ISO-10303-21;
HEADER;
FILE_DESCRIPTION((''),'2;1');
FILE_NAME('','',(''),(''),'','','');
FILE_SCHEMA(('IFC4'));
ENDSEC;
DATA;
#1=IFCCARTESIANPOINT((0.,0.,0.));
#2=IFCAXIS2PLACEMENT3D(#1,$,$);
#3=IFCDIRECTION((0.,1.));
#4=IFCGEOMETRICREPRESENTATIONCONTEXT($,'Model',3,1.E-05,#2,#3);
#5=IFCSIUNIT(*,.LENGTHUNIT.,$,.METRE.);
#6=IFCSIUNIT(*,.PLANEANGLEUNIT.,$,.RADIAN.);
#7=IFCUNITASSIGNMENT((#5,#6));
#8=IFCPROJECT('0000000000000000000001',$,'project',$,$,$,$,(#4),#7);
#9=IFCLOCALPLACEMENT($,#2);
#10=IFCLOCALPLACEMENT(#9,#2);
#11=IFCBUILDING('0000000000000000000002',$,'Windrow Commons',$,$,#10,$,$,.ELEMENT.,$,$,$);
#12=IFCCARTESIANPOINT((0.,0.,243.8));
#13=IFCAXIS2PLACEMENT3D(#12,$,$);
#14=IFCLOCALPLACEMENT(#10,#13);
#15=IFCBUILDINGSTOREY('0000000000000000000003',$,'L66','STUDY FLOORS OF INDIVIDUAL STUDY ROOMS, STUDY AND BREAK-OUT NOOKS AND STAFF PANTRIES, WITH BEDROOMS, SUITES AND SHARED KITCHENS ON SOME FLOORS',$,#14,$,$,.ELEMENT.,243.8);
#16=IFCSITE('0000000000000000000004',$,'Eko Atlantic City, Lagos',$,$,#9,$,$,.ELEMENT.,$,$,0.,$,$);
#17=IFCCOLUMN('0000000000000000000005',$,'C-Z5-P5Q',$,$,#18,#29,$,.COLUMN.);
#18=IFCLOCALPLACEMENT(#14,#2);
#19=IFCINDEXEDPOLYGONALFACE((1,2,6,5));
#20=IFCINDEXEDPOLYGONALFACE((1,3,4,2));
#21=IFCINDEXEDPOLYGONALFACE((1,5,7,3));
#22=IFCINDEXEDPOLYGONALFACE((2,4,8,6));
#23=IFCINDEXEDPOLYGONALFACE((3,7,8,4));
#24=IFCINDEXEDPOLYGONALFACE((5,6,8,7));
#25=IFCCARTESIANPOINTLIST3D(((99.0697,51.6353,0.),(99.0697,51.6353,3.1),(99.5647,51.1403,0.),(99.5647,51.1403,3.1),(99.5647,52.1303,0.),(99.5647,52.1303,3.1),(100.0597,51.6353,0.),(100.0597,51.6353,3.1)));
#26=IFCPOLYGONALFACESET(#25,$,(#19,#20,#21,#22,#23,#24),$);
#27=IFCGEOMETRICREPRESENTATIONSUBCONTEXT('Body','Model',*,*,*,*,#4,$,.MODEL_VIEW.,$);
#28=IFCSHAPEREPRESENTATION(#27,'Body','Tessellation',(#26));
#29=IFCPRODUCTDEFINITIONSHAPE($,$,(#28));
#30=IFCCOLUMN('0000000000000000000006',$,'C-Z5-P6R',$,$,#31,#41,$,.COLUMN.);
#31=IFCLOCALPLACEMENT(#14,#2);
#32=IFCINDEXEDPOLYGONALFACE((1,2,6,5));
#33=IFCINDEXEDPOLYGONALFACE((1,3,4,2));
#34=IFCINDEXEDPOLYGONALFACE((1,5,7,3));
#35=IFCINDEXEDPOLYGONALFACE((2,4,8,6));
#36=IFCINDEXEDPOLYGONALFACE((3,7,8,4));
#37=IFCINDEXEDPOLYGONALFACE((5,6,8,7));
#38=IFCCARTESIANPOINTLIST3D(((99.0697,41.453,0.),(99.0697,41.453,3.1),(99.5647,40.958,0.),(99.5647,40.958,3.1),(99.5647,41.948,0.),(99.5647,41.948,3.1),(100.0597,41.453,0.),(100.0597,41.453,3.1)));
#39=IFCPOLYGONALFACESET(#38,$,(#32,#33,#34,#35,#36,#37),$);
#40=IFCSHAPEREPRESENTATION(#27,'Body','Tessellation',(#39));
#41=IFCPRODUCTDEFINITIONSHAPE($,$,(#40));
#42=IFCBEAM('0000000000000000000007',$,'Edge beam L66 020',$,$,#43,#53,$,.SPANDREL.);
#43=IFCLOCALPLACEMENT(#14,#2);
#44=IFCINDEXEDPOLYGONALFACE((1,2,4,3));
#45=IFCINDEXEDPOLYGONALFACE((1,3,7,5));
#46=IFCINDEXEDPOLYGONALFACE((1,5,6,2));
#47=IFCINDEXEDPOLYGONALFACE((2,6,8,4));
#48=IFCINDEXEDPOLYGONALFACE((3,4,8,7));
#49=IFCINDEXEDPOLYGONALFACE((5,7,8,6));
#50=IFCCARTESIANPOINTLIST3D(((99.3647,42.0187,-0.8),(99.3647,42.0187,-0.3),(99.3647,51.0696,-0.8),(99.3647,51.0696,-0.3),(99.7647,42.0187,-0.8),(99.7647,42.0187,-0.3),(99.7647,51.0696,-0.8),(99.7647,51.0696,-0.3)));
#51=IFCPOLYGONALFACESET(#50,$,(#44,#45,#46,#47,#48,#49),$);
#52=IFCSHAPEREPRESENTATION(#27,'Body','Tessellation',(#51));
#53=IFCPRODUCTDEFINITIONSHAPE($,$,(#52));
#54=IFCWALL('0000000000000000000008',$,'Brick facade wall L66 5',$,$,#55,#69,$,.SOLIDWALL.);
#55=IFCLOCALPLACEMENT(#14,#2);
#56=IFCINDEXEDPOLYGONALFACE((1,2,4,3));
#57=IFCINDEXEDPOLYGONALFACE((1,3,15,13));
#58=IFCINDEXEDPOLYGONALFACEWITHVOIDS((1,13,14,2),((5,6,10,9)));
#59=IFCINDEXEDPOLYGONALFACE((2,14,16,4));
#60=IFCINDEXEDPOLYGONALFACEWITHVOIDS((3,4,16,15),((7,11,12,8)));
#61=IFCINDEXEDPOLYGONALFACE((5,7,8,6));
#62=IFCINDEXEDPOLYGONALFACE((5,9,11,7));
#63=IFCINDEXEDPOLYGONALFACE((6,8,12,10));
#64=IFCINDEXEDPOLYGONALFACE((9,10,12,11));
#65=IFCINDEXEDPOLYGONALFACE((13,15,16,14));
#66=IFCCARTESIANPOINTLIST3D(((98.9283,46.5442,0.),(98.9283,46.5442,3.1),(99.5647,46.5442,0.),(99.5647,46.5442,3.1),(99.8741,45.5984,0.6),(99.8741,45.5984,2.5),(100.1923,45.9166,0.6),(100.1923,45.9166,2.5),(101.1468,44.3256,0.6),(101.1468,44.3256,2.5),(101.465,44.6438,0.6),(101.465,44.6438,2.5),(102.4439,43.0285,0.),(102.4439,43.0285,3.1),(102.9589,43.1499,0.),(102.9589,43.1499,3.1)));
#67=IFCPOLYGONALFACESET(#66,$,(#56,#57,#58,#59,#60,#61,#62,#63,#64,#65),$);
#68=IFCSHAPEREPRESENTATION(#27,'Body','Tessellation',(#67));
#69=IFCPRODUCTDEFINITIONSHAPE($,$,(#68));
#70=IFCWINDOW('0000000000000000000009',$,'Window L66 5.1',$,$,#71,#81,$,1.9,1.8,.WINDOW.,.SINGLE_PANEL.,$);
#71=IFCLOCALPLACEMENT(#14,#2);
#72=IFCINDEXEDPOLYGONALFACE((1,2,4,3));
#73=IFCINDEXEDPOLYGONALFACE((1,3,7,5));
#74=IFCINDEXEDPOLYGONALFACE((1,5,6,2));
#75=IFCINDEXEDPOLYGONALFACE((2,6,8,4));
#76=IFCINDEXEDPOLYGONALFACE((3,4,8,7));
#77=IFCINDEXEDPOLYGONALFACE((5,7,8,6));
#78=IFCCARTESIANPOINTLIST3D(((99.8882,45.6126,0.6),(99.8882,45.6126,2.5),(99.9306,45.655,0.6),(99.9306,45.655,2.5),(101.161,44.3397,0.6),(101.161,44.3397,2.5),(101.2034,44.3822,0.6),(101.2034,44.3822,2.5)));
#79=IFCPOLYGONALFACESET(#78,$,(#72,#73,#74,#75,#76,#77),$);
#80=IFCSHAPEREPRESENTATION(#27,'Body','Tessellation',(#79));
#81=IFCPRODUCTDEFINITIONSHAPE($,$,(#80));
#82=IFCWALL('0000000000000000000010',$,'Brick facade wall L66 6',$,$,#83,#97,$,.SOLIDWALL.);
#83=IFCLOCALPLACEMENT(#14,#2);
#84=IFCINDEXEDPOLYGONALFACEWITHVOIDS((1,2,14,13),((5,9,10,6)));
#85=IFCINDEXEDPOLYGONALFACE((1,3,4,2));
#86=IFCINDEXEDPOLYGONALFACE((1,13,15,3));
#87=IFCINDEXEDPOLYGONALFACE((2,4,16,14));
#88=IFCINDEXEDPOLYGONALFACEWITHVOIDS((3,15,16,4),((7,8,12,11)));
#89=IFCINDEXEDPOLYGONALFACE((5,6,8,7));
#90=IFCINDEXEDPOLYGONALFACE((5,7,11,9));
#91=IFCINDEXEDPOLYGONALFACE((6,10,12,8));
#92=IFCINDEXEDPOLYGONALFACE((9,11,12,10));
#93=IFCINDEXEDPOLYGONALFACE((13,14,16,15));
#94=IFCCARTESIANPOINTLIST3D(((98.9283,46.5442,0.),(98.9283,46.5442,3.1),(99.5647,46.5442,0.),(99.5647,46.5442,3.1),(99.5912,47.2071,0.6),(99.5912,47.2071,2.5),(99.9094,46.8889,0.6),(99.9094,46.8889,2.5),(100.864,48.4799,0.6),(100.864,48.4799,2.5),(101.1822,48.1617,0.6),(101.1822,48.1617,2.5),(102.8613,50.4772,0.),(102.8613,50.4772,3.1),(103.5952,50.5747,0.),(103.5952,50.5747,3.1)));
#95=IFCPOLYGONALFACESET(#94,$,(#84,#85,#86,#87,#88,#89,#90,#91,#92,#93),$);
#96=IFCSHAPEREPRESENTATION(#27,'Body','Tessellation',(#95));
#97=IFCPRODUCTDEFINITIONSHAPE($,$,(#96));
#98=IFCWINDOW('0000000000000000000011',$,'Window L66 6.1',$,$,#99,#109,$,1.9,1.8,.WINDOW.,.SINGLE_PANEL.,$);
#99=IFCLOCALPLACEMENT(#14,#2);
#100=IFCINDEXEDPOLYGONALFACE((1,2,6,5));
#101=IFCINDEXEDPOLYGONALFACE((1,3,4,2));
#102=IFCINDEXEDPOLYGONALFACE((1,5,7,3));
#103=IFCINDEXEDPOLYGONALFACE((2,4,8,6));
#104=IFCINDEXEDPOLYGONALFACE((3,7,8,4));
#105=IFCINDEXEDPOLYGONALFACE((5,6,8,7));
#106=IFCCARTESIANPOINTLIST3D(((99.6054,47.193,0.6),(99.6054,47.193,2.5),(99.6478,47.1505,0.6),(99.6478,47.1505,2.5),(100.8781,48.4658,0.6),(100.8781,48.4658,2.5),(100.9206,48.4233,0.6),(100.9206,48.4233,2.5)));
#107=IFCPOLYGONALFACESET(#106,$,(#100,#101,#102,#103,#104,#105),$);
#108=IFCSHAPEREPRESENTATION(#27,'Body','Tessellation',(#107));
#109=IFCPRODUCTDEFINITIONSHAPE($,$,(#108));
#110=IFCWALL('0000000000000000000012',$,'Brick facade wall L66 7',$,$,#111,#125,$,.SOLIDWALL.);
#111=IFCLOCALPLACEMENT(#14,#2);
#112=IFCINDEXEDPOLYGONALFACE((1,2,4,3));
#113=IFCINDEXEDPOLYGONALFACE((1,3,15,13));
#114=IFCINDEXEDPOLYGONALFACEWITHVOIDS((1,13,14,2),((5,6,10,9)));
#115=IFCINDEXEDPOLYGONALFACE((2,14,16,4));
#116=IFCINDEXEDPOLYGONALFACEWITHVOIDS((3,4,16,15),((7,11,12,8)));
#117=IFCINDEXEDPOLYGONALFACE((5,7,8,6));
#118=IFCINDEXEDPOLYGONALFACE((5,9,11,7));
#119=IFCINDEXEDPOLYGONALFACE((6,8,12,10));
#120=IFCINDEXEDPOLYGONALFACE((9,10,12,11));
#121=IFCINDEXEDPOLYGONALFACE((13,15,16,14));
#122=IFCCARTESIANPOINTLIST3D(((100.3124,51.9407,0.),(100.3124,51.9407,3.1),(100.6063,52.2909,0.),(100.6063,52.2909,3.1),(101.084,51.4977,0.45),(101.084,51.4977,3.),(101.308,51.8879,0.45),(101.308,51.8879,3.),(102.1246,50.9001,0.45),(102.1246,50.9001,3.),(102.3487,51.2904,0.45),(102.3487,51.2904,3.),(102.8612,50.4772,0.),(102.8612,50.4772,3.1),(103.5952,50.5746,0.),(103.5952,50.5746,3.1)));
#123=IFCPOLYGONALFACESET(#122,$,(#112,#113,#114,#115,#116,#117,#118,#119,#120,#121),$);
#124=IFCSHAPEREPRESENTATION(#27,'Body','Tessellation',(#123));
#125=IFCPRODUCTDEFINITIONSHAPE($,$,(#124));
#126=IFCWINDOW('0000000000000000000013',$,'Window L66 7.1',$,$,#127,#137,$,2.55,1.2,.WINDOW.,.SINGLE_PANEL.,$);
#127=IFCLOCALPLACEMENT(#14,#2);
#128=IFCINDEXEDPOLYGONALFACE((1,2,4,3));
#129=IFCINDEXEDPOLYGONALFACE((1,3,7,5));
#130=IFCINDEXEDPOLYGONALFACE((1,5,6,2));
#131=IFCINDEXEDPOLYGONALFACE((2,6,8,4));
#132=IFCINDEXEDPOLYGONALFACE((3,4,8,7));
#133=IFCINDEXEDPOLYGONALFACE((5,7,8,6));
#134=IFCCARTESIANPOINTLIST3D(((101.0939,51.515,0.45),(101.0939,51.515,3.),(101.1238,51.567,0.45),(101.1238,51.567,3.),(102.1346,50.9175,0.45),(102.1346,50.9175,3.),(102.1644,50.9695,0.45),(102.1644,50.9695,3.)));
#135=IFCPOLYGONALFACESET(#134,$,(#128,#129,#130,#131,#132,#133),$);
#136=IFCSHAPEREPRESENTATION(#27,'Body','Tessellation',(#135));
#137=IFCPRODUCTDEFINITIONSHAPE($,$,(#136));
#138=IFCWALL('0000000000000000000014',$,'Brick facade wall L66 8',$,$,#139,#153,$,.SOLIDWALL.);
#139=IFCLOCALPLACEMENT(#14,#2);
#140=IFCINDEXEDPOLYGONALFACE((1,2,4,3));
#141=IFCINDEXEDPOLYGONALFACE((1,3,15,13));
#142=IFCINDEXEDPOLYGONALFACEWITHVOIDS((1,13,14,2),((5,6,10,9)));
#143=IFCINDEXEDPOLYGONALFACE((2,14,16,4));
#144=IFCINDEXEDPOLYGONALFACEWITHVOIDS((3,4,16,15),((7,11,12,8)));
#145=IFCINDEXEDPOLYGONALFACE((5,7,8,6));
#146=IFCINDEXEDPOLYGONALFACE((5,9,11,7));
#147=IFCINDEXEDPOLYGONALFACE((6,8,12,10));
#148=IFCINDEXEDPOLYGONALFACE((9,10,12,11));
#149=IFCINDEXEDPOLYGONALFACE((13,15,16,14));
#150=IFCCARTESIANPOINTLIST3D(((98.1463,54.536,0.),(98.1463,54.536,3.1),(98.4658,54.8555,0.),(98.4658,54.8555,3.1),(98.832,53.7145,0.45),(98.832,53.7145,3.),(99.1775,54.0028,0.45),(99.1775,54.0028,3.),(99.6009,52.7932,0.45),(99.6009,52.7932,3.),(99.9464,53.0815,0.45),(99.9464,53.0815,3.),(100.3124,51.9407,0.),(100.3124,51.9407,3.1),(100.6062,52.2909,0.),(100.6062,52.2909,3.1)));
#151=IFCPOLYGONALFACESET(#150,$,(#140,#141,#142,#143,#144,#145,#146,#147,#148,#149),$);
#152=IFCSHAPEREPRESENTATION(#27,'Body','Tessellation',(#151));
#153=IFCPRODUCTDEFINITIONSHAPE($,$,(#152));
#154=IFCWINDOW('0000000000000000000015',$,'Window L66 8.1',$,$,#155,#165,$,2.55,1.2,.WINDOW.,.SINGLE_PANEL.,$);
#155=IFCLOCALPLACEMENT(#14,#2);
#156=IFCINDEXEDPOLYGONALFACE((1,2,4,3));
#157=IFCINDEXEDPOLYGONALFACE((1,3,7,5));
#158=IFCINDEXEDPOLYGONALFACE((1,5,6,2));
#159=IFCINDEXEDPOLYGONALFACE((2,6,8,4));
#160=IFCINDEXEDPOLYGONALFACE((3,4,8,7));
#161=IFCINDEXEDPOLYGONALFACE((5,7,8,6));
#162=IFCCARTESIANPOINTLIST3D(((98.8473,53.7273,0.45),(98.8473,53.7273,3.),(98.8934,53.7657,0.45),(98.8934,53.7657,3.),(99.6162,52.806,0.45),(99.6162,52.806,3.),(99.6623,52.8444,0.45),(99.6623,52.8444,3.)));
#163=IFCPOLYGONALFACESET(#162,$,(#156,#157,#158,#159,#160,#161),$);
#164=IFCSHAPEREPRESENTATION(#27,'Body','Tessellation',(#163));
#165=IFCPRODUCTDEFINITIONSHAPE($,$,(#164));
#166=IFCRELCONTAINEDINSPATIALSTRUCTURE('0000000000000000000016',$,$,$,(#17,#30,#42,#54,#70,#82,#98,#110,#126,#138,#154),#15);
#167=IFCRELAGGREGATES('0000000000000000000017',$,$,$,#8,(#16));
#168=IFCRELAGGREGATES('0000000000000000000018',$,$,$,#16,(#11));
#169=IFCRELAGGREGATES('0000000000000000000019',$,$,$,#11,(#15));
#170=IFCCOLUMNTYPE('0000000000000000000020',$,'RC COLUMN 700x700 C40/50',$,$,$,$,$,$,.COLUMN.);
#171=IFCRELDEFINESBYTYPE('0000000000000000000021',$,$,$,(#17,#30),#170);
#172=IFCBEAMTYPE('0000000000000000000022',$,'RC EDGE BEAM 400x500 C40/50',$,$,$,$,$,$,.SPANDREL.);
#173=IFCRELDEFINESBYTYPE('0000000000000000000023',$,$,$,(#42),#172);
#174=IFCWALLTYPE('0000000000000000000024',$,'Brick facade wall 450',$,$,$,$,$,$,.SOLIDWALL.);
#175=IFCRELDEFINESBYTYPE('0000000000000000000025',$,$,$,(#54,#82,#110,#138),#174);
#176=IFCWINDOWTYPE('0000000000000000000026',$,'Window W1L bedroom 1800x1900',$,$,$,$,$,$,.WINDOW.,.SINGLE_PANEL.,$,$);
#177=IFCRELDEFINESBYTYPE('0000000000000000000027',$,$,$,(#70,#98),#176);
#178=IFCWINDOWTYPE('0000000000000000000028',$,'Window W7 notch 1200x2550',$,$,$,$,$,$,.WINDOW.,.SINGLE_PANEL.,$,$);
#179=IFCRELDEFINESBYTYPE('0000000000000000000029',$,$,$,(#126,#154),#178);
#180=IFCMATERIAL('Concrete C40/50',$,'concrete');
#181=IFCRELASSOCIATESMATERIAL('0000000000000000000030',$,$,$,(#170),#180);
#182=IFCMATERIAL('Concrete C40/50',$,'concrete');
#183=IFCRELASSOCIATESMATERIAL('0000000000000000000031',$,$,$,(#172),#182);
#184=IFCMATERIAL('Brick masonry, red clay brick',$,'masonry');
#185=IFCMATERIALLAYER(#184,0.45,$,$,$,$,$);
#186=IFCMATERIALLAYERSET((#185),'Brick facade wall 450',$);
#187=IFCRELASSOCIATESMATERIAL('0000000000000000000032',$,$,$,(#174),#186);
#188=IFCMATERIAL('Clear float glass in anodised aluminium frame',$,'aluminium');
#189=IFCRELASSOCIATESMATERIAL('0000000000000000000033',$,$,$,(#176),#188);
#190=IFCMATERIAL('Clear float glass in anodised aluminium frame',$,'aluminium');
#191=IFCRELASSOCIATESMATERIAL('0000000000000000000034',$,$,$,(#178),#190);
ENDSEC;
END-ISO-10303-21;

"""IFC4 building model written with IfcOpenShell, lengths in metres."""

from ifc_helpers import new_model, si_unit, direction, frame, frame_2d, origin, origin_2d, place, context, subcontext, project, spatial, polyline, rectangle, outline, extrude, material, layer, layer_set, material_profile, profile_set, type_object, element, fill, save


model = new_model("IFC4")

# Units and contexts
model_context = context("Model", 3, precision=1e-05, world=origin(), true_north=direction((0.0, 1.0)))
body_context = subcontext(model_context, "Body", "Model", "MODEL_VIEW")
ifc_project = project(units=[si_unit("LENGTHUNIT", "METRE"), si_unit("PLANEANGLEUNIT", "RADIAN")], contexts=[model_context])

# Site, building, storey
site_placement = place(None, origin())
site = spatial("IfcSite", under=ifc_project, at=site_placement, Name="Eko Atlantic City, Lagos", CompositionType="ELEMENT", RefElevation=0.0)
building_placement = place(site_placement, origin())
building = spatial("IfcBuilding", under=site, at=building_placement, Name="Windrow Commons", CompositionType="ELEMENT")
storey_placement = place(building_placement, frame((0.0, 0.0, 243.8)))
storey = spatial("IfcBuildingStorey", under=building, at=storey_placement, Name="L66", Description="STUDY FLOORS OF INDIVIDUAL STUDY ROOMS, STUDY AND BREAK-OUT NOOKS AND STAFF PANTRIES, WITH BEDROOMS, SUITES AND SHARED KITCHENS ON SOME FLOORS", CompositionType="ELEMENT", Elevation=243.8)

# Columns
ifc_material_1 = material(Name="Concrete C40/50", Category="concrete")
ifc_material_profile_1 = material_profile(ifc_material_1, rectangle(XDim=0.7, YDim=0.7, at=origin_2d()))
ifc_profile_set_1 = profile_set([ifc_material_profile_1], Name="Concrete C40/50")
column_type = type_object("IfcColumnType", Name="RC COLUMN 700x700 C40/50", PredefinedType="COLUMN", material=ifc_profile_set_1)
for number, where, z_axis, x_axis, name in (
    (1, (99.5647, 51.6353, 0.0), (0.0, 0.0, 1.0), (0.707107, -0.707107, 0.0), "C-Z5-P5Q"),
    (2, (99.5647, 41.453, 0.0), (0.0, 0.0, 1.0), (0.707107, -0.707107, 0.0), "C-Z5-P6R"),
):
    element("IfcColumn", number, at=place(storey_placement, frame(where, z_axis=z_axis, x_axis=x_axis)), inside=storey, type_object=column_type, Name=name, PredefinedType="COLUMN", context=body_context, shape_type="SweptSolid", body=[
        extrude(rectangle(XDim=0.7, YDim=0.7, at=origin_2d()), origin(), (0.0, 0.0, 1.0), 3.1),
    ])

# Beam
ifc_material_2 = material(Name="Concrete C40/50", Category="concrete")
ifc_material_profile_2 = material_profile(ifc_material_2, rectangle(XDim=0.4, YDim=0.5, at=origin_2d()))
ifc_profile_set_2 = profile_set([ifc_material_profile_2], Name="Concrete C40/50")
beam_type = type_object("IfcBeamType", Name="RC EDGE BEAM 400x500 C40/50", PredefinedType="SPANDREL", material=ifc_profile_set_2)
beam_placement = place(storey_placement, frame((99.5647, 51.0696, -0.55), z_axis=(0.0, -1.0, 0.0), x_axis=(1.0, 0.0, 0.0)))
element("IfcBeam", 3, at=beam_placement, inside=storey, type_object=beam_type, Name="Edge beam L66 020", PredefinedType="SPANDREL", context=body_context, shape_type="SweptSolid", body=[
    extrude(rectangle(XDim=0.4, YDim=0.5, at=origin_2d()), origin(), (0.0, 0.0, 1.0), 9.0509),
])

# Walls, openings, windows
ifc_material_3 = material(Name="Brick masonry, red clay brick", Category="masonry")
ifc_layer_1 = layer(ifc_material_3, 0.45)
ifc_layer_set_1 = layer_set([ifc_layer_1], Name="Brick facade wall 450")
wall_type_1 = type_object("IfcWallType", Name="Brick facade wall 450", PredefinedType="SOLIDWALL", material=ifc_layer_set_1)
wall_1_placement = place(storey_placement, frame((102.7014, 43.0892, 0.0), z_axis=(0.0, 0.0, 1.0), x_axis=(-0.707097, 0.707117, 0.0)))
wall_1 = element("IfcWall", 4, at=wall_1_placement, inside=storey, type_object=wall_type_1, Name="Brick facade wall L66 5", PredefinedType="SOLIDWALL", context=body_context, shape_type="SweptSolid", body=[
    extrude(outline(polyline([(-0.1391, -0.225), (4.661, -0.225), (5.111, 0.225), (0.1391, 0.225), (-0.1391, -0.225)])), origin(), (0.0, 0.0, 1.0), 3.1),
])
opening_1_placement = place(wall_1_placement, frame((1.9735, 0.0, 0.6)))
opening_1 = element("IfcOpeningElement", 5, at=opening_1_placement, cuts=wall_1, PredefinedType="OPENING", context=body_context, shape_type="SweptSolid", body=[
    extrude(rectangle(XDim=1.8, YDim=1.9, at=frame_2d((0.9, 0.95))), frame((0.0, 0.235, 0.0), z_axis=(0.0, -1.0, 0.0), x_axis=(1.0, 0.0, 0.0)), (0.0, 0.0, 1.0), 0.47),
])
ifc_material_4 = material(Name="Clear float glass in anodised aluminium frame", Category="aluminium")
window_type_1 = type_object("IfcWindowType", Name="Window W1L bedroom 1800x1900", PartitioningType="SINGLE_PANEL", PredefinedType="WINDOW", material=ifc_material_4)
window_1_placement = place(opening_1_placement, origin())
window_1 = element("IfcWindow", 6, at=window_1_placement, inside=storey, type_object=window_type_1, Name="Window L66 5.1", OverallHeight=1.9, OverallWidth=1.8, PartitioningType="SINGLE_PANEL", PredefinedType="WINDOW", context=body_context, shape_type="SweptSolid", body=[
    extrude(rectangle(XDim=1.8, YDim=1.9, at=frame_2d((0.9, 0.95))), frame((0.0, 0.205, 0.0), z_axis=(0.0, -1.0, 0.0), x_axis=(1.0, 0.0, 0.0)), (0.0, 0.0, 1.0), 0.06),
])
fill(opening_1, window_1)
wall_2_placement = place(storey_placement, frame((99.2465, 46.5442, 0.0), z_axis=(0.0, 0.0, 1.0), x_axis=(0.707107, 0.707107, 0.0)))
wall_2 = element("IfcWall", 7, at=wall_2_placement, inside=storey, type_object=wall_type_1, Name="Brick facade wall L66 6", PredefinedType="SOLIDWALL", context=body_context, shape_type="SweptSolid", body=[
    extrude(outline(polyline([(0.225, -0.225), (5.925, -0.225), (5.3371, 0.225), (-0.225, 0.225), (0.225, -0.225)])), origin(), (0.0, 0.0, 1.0), 3.1),
])
opening_2_placement = place(wall_2_placement, frame((0.7125, 0.0, 0.6)))
opening_2 = element("IfcOpeningElement", 8, at=opening_2_placement, cuts=wall_2, PredefinedType="OPENING", context=body_context, shape_type="SweptSolid", body=[
    extrude(rectangle(XDim=1.8, YDim=1.9, at=frame_2d((0.9, 0.95))), frame((0.0, 0.235, 0.0), z_axis=(0.0, -1.0, 0.0), x_axis=(1.0, 0.0, 0.0)), (0.0, 0.0, 1.0), 0.47),
])
window_2_placement = place(opening_2_placement, origin())
window_2 = element("IfcWindow", 9, at=window_2_placement, inside=storey, type_object=window_type_1, Name="Window L66 6.1", OverallHeight=1.9, OverallWidth=1.8, PartitioningType="SINGLE_PANEL", PredefinedType="WINDOW", context=body_context, shape_type="SweptSolid", body=[
    extrude(rectangle(XDim=1.8, YDim=1.9, at=frame_2d((0.9, 0.95))), frame((0.0, 0.205, 0.0), z_axis=(0.0, -1.0, 0.0), x_axis=(1.0, 0.0, 0.0)), (0.0, 0.0, 1.0), 0.06),
])
fill(opening_2, window_2)
wall_3_placement = place(storey_placement, frame((103.2282, 50.5259, 0.0), z_axis=(0.0, 0.0, 1.0), x_axis=(-0.867206, 0.497949, 0.0)))
wall_3 = element("IfcWall", 10, at=wall_3_placement, inside=storey, type_object=wall_type_1, Name="Brick facade wall L66 7", PredefinedType="SOLIDWALL", context=body_context, shape_type="SweptSolid", body=[
    extrude(outline(polyline([(-0.294, -0.225), (3.1526, -0.225), (3.2331, 0.225), (0.294, 0.225), (-0.294, -0.225)])), origin(), (0.0, 0.0, 1.0), 3.1),
])
opening_3_placement = place(wall_3_placement, frame((1.1434, 0.0, 0.45)))
opening_3 = element("IfcOpeningElement", 11, at=opening_3_placement, cuts=wall_3, PredefinedType="OPENING", context=body_context, shape_type="SweptSolid", body=[
    extrude(rectangle(XDim=1.2, YDim=2.55, at=frame_2d((0.6, 1.275))), frame((0.0, 0.235, 0.0), z_axis=(0.0, -1.0, 0.0), x_axis=(1.0, 0.0, 0.0)), (0.0, 0.0, 1.0), 0.47),
])
ifc_material_5 = material(Name="Clear float glass in anodised aluminium frame", Category="aluminium")
window_type_2 = type_object("IfcWindowType", Name="Window W7 notch 1200x2550", PartitioningType="SINGLE_PANEL", PredefinedType="WINDOW", material=ifc_material_5)
window_3_placement = place(opening_3_placement, origin())
window_3 = element("IfcWindow", 12, at=window_3_placement, inside=storey, type_object=window_type_2, Name="Window L66 7.1", OverallHeight=2.55, OverallWidth=1.2, PartitioningType="SINGLE_PANEL", PredefinedType="WINDOW", context=body_context, shape_type="SweptSolid", body=[
    extrude(rectangle(XDim=1.2, YDim=2.55, at=frame_2d((0.6, 1.275))), frame((0.0, 0.205, 0.0), z_axis=(0.0, -1.0, 0.0), x_axis=(1.0, 0.0, 0.0)), (0.0, 0.0, 1.0), 0.06),
])
fill(opening_3, window_3)
wall_4_placement = place(storey_placement, frame((100.4593, 52.1158, 0.0), z_axis=(0.0, 0.0, 1.0), x_axis=(-0.640761, 0.767741, 0.0)))
wall_4 = element("IfcWall", 13, at=wall_4_placement, inside=storey, type_object=wall_type_1, Name="Brick facade wall L66 8", PredefinedType="SOLIDWALL", context=body_context, shape_type="SweptSolid", body=[
    extrude(outline(polyline([(0.0403, -0.225), (3.3807, -0.225), (3.3402, 0.225), (-0.0403, 0.225), (0.0403, -0.225)])), origin(), (0.0, 0.0, 1.0), 3.1),
])
opening_4_placement = place(wall_4_placement, frame((1.0701, 0.0, 0.45)))
opening_4 = element("IfcOpeningElement", 14, at=opening_4_placement, cuts=wall_4, PredefinedType="OPENING", context=body_context, shape_type="SweptSolid", body=[
    extrude(rectangle(XDim=1.2, YDim=2.55, at=frame_2d((0.6, 1.275))), frame((0.0, 0.235, 0.0), z_axis=(0.0, -1.0, 0.0), x_axis=(1.0, 0.0, 0.0)), (0.0, 0.0, 1.0), 0.47),
])
window_4_placement = place(opening_4_placement, origin())
window_4 = element("IfcWindow", 15, at=window_4_placement, inside=storey, type_object=window_type_2, Name="Window L66 8.1", OverallHeight=2.55, OverallWidth=1.2, PartitioningType="SINGLE_PANEL", PredefinedType="WINDOW", context=body_context, shape_type="SweptSolid", body=[
    extrude(rectangle(XDim=1.2, YDim=2.55, at=frame_2d((0.6, 1.275))), frame((0.0, 0.205, 0.0), z_axis=(0.0, -1.0, 0.0), x_axis=(1.0, 0.0, 0.0)), (0.0, 0.0, 1.0), 0.06),
])
fill(opening_4, window_4)

save(model, "model.ifc")
